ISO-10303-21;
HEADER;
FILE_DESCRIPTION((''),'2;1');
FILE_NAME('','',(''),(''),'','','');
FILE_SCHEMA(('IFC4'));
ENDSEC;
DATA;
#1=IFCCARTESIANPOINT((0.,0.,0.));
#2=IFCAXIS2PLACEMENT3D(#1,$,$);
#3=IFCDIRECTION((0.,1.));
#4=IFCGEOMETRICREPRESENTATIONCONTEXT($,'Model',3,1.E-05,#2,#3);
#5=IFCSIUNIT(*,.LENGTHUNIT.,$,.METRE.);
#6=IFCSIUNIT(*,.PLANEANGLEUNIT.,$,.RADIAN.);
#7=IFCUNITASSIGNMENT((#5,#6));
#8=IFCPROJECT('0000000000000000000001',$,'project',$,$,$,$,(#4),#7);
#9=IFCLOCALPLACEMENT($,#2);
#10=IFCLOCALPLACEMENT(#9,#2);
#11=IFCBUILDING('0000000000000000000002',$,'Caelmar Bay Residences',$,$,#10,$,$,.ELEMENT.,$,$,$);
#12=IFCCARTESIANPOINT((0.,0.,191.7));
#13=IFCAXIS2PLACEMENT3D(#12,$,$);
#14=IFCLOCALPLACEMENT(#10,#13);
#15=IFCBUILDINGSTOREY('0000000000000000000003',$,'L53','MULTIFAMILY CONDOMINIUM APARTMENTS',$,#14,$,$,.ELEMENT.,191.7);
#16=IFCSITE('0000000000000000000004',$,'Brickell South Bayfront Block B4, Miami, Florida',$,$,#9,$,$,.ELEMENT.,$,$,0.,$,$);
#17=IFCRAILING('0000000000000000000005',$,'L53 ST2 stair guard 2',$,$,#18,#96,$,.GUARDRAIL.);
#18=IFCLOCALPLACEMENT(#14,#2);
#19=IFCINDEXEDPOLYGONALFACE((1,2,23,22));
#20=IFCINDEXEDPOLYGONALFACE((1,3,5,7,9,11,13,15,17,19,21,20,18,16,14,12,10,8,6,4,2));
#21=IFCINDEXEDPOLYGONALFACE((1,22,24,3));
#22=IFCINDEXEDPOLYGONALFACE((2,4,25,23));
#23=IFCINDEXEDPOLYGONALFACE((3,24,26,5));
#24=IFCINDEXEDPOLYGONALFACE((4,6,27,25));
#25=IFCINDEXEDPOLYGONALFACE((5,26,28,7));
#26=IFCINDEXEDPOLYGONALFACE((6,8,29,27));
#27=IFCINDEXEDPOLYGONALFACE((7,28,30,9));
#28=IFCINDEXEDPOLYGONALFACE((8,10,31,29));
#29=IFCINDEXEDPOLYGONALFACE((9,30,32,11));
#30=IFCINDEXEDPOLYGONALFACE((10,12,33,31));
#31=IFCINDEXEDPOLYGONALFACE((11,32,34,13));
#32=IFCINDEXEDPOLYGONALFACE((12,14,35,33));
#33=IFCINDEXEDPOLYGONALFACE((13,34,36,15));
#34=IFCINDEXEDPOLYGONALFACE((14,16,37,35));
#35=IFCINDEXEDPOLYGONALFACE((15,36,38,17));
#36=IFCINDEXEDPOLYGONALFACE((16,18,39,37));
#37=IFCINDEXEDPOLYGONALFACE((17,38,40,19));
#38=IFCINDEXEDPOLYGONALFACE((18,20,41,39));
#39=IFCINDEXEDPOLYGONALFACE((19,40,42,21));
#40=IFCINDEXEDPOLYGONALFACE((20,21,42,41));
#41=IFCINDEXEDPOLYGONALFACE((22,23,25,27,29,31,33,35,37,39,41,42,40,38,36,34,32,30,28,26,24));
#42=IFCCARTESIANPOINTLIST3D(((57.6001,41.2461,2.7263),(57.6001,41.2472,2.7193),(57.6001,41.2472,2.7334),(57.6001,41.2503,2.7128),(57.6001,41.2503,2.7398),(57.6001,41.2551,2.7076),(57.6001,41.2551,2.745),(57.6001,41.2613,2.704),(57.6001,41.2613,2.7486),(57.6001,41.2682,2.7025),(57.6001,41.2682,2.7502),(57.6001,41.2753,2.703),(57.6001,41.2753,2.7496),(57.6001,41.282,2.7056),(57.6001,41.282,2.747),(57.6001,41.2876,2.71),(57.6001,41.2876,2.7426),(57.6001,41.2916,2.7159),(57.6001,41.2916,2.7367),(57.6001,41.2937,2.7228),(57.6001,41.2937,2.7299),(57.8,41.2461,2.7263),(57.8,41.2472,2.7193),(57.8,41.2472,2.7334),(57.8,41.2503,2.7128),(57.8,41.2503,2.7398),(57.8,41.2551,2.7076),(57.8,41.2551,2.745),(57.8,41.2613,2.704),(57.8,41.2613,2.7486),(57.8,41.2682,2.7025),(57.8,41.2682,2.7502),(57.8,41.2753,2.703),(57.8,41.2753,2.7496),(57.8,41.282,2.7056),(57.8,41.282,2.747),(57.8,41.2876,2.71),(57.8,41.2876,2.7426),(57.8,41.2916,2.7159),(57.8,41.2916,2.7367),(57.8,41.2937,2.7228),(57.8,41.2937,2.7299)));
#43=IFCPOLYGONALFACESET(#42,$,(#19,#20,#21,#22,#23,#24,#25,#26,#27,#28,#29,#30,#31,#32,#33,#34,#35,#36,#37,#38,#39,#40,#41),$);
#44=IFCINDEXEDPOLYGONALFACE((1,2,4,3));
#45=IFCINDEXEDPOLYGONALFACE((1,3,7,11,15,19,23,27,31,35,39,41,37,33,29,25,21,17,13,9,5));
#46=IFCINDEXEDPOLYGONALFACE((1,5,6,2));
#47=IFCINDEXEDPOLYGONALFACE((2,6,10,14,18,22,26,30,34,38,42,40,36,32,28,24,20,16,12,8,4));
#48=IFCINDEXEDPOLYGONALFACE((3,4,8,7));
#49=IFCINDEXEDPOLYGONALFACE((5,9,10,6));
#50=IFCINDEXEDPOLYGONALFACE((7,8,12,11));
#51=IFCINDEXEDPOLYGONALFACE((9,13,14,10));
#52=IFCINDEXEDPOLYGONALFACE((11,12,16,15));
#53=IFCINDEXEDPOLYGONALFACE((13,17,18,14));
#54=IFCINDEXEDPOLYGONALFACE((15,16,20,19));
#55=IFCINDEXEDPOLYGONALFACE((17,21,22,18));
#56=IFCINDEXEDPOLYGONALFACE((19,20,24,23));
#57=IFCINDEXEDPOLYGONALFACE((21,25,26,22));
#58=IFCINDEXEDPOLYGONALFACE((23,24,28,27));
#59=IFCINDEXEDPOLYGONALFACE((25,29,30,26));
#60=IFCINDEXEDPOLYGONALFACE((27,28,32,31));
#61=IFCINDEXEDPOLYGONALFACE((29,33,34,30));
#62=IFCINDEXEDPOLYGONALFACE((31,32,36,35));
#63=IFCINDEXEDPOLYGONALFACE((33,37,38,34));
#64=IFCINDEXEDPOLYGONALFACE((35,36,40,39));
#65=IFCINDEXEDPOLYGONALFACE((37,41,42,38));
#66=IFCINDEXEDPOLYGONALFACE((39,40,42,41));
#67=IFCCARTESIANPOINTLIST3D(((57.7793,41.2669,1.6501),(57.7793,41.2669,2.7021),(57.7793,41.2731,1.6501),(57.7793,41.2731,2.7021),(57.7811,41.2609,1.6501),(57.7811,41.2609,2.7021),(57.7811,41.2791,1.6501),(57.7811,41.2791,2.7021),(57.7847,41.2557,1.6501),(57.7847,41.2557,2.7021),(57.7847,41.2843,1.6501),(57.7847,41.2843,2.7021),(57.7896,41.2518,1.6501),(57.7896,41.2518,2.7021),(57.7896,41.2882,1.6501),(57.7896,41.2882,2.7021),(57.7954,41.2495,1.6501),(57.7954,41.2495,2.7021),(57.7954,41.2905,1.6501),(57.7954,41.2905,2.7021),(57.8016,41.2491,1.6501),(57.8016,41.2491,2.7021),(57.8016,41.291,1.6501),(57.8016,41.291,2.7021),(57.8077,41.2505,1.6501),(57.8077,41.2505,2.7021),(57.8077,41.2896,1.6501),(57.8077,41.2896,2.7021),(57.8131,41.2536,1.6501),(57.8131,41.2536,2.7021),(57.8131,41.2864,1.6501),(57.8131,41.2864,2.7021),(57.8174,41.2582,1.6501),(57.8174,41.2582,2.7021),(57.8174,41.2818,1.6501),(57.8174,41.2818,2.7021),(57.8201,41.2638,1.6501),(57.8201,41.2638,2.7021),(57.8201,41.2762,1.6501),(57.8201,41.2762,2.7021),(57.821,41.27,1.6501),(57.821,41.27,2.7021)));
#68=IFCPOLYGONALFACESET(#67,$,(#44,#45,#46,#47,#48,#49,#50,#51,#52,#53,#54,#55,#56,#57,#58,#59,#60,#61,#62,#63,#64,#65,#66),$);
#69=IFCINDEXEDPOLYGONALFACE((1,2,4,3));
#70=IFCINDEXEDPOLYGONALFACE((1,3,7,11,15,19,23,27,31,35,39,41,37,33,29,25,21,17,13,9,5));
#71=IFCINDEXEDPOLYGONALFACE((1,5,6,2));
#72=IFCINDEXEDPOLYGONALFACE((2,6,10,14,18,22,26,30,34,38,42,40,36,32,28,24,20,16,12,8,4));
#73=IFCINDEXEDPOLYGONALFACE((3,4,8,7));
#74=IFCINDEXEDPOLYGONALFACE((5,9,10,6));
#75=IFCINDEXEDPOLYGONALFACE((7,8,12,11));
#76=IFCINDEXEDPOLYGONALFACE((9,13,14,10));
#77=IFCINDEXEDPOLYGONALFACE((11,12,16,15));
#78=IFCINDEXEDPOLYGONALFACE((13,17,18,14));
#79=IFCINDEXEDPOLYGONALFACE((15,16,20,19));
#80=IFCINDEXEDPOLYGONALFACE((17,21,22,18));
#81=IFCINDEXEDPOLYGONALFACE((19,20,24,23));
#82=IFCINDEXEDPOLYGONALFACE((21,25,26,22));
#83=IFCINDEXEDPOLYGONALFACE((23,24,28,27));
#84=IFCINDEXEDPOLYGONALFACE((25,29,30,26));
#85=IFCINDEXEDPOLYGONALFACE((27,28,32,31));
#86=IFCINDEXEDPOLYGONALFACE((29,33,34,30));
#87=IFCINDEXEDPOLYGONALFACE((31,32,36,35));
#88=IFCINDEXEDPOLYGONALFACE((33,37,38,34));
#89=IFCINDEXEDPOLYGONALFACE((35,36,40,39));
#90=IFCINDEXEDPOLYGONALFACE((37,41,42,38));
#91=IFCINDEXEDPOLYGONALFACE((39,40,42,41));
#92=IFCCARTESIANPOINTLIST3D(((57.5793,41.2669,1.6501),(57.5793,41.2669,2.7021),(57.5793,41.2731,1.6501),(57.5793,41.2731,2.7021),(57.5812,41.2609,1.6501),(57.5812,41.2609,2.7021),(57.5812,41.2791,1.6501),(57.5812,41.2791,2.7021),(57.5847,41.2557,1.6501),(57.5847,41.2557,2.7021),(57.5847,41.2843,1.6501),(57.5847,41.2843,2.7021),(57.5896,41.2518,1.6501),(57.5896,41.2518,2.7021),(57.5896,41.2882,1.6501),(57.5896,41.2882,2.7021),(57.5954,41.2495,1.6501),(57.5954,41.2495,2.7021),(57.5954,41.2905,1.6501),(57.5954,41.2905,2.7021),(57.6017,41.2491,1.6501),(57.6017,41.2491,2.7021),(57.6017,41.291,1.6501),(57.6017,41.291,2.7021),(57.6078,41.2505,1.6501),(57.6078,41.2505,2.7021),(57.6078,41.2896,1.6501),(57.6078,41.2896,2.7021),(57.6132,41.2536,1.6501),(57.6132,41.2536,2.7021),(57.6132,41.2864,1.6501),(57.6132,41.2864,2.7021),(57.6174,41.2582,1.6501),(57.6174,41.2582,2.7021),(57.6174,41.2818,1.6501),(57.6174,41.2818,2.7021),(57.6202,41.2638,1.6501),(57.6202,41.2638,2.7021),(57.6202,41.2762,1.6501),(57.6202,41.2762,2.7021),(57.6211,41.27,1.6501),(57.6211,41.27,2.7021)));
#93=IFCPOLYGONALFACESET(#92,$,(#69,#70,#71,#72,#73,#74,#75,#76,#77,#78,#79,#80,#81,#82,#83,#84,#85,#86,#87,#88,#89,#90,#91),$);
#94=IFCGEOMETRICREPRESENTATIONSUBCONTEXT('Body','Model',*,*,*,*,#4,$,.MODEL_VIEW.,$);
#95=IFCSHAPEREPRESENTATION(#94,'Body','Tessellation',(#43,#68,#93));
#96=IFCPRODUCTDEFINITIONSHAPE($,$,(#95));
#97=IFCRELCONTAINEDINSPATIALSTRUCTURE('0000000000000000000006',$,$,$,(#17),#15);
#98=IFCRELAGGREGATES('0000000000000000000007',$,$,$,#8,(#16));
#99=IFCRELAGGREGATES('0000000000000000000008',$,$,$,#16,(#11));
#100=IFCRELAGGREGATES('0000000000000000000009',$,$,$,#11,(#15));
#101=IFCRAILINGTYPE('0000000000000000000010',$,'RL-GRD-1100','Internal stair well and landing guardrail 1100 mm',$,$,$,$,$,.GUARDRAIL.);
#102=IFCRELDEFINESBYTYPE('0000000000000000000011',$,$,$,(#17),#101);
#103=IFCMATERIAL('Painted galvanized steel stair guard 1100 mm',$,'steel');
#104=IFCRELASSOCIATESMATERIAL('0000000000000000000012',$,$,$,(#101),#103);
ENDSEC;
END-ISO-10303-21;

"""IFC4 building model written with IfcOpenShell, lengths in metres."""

from ifc_helpers import new_model, si_unit, direction, frame, origin, origin_2d, place, context, subcontext, project, spatial, circle, extrude, material, type_object, element, save


model = new_model("IFC4")

# Units and contexts
model_context = context("Model", 3, precision=1e-05, world=origin(), true_north=direction((0.0, 1.0)))
body_context = subcontext(model_context, "Body", "Model", "MODEL_VIEW")
ifc_project = project(units=[si_unit("LENGTHUNIT", "METRE"), si_unit("PLANEANGLEUNIT", "RADIAN")], contexts=[model_context])

# Site, building, storey
site_placement = place(None, origin())
site = spatial("IfcSite", under=ifc_project, at=site_placement, Name="Brickell South Bayfront Block B4, Miami, Florida", CompositionType="ELEMENT", RefElevation=0.0)
building_placement = place(site_placement, origin())
building = spatial("IfcBuilding", under=site, at=building_placement, Name="Caelmar Bay Residences", CompositionType="ELEMENT")
storey_placement = place(building_placement, frame((0.0, 0.0, 191.7)))
storey = spatial("IfcBuildingStorey", under=building, at=storey_placement, Name="L53", Description="MULTIFAMILY CONDOMINIUM APARTMENTS", CompositionType="ELEMENT", Elevation=191.7)

# Railing
ifc_material_1 = material(Name="Painted galvanized steel stair guard 1100 mm", Category="steel")
railing_type_1 = type_object("IfcRailingType", Name="RL-GRD-1100", Description="Internal stair well and landing guardrail 1100 mm", PredefinedType="GUARDRAIL", material=ifc_material_1)
railing_1_placement = place(storey_placement, frame((57.8, 41.27, 1.6501)))
element("IfcRailing", 1, at=railing_1_placement, inside=storey, type_object=railing_type_1, Name="L53 ST2 stair guard 2", PredefinedType="GUARDRAIL", context=body_context, shape_type="SweptSolid", body=[
    extrude(circle(Radius=0.0239, at=origin_2d()), frame((0.0, 0.0, 1.0762), z_axis=(-1.0, 0.0, 0.0), x_axis=(0.0, -1.0, 0.0)), (0.0, 0.0, 1.0), 0.2),
    extrude(circle(Radius=0.021, at=origin_2d()), origin(), (0.0, 0.0, 1.0), 1.052),
    extrude(circle(Radius=0.021, at=origin_2d()), frame((-0.2, 0.0, 0.0)), (0.0, 0.0, 1.0), 1.052),
])

save(model, "model.ifc")
